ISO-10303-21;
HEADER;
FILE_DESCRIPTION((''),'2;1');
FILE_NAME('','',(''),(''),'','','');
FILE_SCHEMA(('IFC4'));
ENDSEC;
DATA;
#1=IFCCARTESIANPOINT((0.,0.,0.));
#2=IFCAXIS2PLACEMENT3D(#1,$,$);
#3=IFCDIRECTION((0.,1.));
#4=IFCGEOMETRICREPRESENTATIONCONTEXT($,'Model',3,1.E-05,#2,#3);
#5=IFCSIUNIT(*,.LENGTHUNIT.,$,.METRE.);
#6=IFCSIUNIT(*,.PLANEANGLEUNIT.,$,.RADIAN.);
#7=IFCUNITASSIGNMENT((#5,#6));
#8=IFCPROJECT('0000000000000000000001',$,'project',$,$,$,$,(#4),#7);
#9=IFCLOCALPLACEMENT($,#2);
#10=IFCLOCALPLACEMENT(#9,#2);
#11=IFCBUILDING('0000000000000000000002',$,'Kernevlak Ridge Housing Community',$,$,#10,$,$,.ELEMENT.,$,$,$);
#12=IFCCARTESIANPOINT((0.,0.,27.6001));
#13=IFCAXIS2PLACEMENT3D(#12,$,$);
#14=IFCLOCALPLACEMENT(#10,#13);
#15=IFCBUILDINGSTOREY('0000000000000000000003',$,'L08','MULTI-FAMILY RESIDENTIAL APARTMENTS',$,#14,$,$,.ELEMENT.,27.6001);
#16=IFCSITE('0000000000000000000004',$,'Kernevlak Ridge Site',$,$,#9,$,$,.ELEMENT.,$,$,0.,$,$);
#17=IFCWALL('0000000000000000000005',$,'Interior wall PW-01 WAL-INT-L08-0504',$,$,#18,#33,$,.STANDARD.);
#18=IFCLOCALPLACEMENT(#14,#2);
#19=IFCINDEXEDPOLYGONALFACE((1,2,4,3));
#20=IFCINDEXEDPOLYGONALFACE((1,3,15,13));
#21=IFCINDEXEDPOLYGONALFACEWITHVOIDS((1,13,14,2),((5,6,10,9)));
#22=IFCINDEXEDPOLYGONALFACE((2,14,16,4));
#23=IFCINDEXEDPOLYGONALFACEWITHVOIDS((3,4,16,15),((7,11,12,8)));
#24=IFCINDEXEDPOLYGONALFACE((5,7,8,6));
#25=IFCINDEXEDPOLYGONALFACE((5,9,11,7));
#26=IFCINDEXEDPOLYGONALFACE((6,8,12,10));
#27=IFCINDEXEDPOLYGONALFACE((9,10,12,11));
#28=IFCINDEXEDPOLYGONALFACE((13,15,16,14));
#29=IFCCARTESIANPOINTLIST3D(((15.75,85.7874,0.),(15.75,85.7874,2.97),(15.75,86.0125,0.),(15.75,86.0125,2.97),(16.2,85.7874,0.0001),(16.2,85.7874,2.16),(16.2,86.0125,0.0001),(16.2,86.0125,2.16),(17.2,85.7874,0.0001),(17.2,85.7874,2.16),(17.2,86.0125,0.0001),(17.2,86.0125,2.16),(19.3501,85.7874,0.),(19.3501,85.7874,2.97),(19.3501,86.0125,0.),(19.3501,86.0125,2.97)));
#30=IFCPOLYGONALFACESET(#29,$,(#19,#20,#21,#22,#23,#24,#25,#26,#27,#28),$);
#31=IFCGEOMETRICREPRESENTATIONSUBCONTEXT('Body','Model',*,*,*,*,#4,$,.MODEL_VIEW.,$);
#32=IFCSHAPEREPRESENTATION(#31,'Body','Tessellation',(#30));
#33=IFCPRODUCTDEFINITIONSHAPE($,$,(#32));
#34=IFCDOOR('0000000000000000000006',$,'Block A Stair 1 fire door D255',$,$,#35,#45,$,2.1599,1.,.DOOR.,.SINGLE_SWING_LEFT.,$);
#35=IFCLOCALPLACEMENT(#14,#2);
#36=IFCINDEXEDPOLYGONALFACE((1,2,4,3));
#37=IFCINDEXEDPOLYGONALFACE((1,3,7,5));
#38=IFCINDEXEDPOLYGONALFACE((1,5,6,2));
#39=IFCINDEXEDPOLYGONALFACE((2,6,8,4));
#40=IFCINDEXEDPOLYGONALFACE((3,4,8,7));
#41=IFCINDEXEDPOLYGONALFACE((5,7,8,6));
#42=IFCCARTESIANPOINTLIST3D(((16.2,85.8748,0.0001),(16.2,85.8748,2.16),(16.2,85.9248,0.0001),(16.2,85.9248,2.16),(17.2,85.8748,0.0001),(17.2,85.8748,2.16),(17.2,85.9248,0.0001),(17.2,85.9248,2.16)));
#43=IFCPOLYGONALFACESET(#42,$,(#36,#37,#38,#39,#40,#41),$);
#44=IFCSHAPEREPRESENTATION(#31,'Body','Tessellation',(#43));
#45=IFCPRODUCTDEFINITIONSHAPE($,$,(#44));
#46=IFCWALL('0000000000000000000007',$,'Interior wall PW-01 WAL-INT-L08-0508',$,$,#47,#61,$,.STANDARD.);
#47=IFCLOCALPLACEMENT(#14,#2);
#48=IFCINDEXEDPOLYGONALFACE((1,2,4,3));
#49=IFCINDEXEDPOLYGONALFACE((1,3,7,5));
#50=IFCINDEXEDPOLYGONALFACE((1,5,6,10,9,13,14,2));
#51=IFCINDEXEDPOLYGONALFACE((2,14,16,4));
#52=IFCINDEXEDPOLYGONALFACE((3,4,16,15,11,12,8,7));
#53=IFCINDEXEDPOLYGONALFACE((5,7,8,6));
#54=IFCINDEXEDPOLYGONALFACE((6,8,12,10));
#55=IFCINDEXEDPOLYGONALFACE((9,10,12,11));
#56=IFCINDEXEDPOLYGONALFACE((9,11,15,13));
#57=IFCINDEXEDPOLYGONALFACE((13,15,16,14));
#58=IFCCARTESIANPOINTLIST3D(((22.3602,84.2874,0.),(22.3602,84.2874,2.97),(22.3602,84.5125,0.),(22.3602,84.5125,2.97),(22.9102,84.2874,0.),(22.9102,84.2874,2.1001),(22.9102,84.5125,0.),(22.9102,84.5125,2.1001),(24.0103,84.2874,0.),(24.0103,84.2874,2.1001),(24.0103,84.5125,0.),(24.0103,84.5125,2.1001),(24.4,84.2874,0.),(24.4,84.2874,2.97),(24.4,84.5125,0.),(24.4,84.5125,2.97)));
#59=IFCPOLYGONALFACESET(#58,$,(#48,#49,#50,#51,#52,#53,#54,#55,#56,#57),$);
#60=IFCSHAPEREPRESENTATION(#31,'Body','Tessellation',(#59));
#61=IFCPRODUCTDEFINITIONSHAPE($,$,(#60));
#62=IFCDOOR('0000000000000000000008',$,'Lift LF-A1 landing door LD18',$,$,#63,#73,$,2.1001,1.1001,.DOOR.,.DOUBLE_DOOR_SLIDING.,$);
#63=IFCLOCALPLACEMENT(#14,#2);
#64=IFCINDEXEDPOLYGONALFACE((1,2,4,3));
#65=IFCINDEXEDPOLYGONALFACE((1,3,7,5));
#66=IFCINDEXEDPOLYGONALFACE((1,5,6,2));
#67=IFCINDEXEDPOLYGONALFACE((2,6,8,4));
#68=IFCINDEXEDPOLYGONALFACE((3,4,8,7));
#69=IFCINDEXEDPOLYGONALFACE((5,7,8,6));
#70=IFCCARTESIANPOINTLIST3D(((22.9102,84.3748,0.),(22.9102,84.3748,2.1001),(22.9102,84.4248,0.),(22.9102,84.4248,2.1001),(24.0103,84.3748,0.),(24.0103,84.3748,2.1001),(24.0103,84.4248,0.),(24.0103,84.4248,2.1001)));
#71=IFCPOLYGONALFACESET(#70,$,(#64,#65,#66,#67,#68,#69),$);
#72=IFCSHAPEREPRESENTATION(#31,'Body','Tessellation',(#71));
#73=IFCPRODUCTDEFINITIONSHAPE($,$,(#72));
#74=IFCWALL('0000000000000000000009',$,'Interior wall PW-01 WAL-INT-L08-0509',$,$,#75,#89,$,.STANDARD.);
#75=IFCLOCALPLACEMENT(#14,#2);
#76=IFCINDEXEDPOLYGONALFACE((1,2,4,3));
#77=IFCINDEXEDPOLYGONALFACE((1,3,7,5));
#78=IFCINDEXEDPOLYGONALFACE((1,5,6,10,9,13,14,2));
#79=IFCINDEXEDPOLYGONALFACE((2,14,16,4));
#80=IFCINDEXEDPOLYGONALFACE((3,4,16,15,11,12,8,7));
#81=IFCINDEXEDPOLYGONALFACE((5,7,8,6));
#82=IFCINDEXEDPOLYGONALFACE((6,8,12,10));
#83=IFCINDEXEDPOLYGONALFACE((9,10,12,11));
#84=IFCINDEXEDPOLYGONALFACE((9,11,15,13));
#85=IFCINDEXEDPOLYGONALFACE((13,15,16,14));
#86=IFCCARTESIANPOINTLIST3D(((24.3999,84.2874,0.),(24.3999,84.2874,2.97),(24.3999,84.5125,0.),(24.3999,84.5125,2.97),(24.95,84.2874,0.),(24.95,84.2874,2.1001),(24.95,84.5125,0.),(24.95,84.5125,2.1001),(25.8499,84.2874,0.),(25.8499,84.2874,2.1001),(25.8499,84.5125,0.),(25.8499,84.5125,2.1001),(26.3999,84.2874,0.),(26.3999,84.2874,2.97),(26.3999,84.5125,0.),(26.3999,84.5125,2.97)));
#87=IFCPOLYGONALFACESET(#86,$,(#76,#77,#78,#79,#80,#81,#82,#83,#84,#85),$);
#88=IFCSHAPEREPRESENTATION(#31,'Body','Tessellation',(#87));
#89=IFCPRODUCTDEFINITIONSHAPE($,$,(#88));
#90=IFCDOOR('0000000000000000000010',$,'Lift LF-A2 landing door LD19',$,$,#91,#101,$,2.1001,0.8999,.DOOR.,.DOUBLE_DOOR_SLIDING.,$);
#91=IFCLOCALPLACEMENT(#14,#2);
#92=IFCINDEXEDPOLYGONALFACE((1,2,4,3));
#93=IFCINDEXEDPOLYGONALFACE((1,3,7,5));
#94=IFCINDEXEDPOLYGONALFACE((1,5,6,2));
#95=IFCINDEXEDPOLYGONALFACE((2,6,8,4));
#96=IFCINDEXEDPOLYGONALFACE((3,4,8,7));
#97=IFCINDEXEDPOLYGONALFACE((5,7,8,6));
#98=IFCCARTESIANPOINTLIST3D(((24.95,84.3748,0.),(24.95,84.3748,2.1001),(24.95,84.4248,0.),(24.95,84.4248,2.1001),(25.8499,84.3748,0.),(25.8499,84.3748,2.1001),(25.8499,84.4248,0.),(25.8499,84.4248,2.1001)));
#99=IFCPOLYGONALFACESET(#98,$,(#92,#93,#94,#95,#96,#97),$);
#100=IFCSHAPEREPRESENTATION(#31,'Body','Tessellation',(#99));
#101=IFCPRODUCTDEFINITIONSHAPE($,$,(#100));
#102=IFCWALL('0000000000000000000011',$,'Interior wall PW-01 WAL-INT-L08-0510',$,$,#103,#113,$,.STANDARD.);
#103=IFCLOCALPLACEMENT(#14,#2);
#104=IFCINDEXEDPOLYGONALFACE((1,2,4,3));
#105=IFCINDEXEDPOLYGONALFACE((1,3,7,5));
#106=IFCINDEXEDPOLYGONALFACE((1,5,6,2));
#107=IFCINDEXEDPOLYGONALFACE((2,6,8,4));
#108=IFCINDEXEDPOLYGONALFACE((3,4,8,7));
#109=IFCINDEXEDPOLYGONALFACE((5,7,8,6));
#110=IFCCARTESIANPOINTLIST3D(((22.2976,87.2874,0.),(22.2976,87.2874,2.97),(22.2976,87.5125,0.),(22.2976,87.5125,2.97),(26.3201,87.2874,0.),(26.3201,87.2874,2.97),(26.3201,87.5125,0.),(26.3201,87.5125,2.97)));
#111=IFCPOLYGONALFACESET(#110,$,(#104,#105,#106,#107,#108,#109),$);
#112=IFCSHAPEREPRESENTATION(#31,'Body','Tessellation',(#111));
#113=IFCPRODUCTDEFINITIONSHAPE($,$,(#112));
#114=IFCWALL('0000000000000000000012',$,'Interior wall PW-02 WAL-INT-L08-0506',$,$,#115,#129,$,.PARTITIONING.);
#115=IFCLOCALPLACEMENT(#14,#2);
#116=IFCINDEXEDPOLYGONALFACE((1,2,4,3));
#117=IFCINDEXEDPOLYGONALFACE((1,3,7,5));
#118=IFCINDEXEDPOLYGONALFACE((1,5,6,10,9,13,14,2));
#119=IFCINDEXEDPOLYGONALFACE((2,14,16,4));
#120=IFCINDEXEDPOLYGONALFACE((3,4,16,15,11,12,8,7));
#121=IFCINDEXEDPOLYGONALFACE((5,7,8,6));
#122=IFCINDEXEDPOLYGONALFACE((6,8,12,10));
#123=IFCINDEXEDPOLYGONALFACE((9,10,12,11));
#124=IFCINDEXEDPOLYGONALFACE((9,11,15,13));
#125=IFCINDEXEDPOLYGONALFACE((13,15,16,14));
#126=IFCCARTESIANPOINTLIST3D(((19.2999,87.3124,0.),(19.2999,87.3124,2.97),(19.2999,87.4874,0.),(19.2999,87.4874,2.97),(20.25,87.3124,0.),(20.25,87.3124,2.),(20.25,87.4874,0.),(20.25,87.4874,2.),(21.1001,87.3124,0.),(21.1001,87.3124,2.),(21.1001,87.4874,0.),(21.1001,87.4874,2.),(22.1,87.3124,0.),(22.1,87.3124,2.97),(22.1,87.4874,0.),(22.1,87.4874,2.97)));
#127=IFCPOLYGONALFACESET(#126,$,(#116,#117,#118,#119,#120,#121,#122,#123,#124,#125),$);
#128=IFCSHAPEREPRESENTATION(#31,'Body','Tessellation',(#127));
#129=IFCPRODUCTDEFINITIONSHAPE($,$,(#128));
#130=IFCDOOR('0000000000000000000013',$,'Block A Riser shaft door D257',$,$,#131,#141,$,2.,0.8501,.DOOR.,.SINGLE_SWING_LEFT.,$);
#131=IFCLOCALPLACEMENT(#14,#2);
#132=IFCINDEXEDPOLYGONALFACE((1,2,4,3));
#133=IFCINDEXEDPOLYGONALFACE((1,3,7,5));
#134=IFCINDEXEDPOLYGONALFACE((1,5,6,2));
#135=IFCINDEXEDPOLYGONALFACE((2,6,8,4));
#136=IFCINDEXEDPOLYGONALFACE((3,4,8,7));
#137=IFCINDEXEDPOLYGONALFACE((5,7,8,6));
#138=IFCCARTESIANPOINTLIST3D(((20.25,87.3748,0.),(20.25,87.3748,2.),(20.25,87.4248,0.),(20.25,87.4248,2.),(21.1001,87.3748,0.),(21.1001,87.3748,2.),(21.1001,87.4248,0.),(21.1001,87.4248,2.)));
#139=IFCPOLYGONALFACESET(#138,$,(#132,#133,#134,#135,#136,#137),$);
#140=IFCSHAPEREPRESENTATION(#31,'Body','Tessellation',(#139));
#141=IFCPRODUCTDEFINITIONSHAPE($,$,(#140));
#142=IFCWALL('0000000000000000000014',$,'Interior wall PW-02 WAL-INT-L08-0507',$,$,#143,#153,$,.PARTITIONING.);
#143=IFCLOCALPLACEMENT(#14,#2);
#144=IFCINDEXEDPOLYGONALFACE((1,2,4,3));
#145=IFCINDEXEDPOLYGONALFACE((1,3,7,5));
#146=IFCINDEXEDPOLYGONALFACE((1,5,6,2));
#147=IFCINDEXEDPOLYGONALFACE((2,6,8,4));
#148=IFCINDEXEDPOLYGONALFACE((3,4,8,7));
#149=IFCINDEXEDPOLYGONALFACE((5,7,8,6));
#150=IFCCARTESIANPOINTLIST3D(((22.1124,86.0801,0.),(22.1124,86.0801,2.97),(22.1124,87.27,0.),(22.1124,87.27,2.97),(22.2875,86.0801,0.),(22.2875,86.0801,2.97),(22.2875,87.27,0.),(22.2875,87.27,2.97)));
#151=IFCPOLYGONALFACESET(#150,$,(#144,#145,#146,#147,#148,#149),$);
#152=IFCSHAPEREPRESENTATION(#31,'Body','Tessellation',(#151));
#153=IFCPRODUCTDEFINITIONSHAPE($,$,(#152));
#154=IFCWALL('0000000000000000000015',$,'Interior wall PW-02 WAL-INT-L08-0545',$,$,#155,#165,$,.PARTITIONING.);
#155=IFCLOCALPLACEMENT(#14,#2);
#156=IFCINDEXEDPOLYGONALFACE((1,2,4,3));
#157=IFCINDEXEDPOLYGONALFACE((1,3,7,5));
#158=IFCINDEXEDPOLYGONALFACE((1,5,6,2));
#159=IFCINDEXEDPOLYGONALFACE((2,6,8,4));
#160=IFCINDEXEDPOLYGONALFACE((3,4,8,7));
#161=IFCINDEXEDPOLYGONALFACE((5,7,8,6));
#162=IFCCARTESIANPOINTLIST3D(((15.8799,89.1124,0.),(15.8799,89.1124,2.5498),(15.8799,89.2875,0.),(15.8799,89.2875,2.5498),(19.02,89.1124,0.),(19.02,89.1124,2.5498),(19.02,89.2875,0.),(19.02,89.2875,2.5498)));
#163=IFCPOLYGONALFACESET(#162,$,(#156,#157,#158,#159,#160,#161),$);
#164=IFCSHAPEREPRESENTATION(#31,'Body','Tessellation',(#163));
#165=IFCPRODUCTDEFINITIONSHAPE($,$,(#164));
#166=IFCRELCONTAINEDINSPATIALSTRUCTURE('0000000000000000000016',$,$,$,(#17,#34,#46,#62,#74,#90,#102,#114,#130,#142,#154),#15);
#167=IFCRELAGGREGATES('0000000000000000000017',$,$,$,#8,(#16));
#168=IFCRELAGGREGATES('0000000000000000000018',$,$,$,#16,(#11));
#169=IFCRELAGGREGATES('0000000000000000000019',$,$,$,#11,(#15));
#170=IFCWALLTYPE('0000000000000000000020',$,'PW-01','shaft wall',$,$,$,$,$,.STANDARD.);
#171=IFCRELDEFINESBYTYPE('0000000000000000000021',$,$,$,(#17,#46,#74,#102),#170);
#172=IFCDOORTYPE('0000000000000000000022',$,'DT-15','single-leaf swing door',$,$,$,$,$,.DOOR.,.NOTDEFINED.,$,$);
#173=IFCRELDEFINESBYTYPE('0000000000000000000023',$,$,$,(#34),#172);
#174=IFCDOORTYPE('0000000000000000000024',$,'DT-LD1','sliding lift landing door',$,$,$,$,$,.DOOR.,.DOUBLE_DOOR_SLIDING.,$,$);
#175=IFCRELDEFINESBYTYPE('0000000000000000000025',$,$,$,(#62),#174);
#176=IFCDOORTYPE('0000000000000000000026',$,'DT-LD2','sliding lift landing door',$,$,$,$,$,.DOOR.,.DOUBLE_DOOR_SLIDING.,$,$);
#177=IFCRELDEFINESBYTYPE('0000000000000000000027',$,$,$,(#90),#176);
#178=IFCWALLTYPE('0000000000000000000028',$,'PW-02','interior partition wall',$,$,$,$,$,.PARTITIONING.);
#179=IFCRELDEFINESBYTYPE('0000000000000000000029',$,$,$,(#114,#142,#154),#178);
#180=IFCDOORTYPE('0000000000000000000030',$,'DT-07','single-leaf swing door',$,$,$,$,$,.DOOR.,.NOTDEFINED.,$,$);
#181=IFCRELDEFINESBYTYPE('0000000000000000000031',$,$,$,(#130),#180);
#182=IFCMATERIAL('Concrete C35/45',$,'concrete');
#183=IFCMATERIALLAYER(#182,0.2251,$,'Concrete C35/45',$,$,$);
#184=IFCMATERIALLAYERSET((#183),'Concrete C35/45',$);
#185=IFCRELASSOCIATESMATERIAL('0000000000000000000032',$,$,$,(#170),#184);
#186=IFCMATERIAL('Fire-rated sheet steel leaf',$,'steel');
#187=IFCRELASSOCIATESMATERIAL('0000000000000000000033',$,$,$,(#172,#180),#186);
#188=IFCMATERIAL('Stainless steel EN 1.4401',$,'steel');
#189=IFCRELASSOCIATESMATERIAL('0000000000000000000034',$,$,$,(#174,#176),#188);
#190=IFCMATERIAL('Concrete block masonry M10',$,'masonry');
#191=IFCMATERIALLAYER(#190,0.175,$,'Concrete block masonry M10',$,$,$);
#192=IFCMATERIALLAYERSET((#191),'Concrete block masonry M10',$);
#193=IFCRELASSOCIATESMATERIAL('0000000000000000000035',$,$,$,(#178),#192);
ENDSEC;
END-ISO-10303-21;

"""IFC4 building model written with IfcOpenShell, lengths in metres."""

from ifc_helpers import new_model, si_unit, direction, frame, frame_2d, origin, place, context, subcontext, project, spatial, rectangle, extrude, material, layer, layer_set, type_object, element, fill, save


model = new_model("IFC4")

# Units and contexts
model_context = context("Model", 3, precision=1e-05, world=origin(), true_north=direction((0.0, 1.0)))
body_context = subcontext(model_context, "Body", "Model", "MODEL_VIEW")
ifc_project = project(units=[si_unit("LENGTHUNIT", "METRE"), si_unit("PLANEANGLEUNIT", "RADIAN")], contexts=[model_context])

# Site, building, storey
site_placement = place(None, origin())
site = spatial("IfcSite", under=ifc_project, at=site_placement, Name="Kernevlak Ridge Site", CompositionType="ELEMENT", RefElevation=0.0)
building_placement = place(site_placement, origin())
building = spatial("IfcBuilding", under=site, at=building_placement, Name="Kernevlak Ridge Housing Community", CompositionType="ELEMENT")
storey_placement = place(building_placement, frame((0.0, 0.0, 27.6001)))
storey = spatial("IfcBuildingStorey", under=building, at=storey_placement, Name="L08", Description="MULTI-FAMILY RESIDENTIAL APARTMENTS", CompositionType="ELEMENT", Elevation=27.6001)

# Shared definitions
ifc_material_1 = material(Name="Concrete C35/45", Category="concrete")

# Walls, openings, doors
ifc_layer_1 = layer(ifc_material_1, 0.2251, Name="Concrete C35/45")
ifc_layer_set_1 = layer_set([ifc_layer_1], Name="Concrete C35/45")
wall_type_1 = type_object("IfcWallType", Name="PW-01", Description="shaft wall", PredefinedType="STANDARD", material=ifc_layer_set_1)
wall_1_placement = place(storey_placement, frame((15.75, 85.8999, 0.0), z_axis=(0.0, 0.0, 1.0), x_axis=(1.0, 0.0, 0.0)))
wall_1 = element("IfcWall", 1, at=wall_1_placement, inside=storey, type_object=wall_type_1, Name="Interior wall PW-01 WAL-INT-L08-0504", PredefinedType="STANDARD", context=body_context, shape_type="SweptSolid", body=[
    extrude(rectangle(XDim=3.6001, YDim=0.2251, at=frame_2d((1.8, 0.0))), origin(), (0.0, 0.0, 1.0), 2.97),
])
opening_1_placement = place(wall_1_placement, frame((0.45, 0.0, 0.0)))
opening_1 = element("IfcOpeningElement", 2, at=opening_1_placement, cuts=wall_1, PredefinedType="OPENING", context=body_context, shape_type="SweptSolid", body=[
    extrude(rectangle(XDim=1.0, YDim=2.1599, at=frame_2d((0.5, 1.0801))), frame((0.0, 0.1226, 0.0), z_axis=(0.0, -1.0, 0.0), x_axis=(1.0, 0.0, 0.0)), (0.0, 0.0, 1.0), 0.2451),
])
ifc_material_2 = material(Name="Fire-rated sheet steel leaf", Category="steel")
door_type_1 = type_object("IfcDoorType", Name="DT-15", Description="single-leaf swing door", OperationType="NOTDEFINED", PredefinedType="DOOR", material=ifc_material_2)
door_1_placement = place(opening_1_placement, origin())
door_1 = element("IfcDoor", 3, at=door_1_placement, inside=storey, type_object=door_type_1, Name="Block A Stair 1 fire door D255", OperationType="SINGLE_SWING_LEFT", OverallHeight=2.1599, OverallWidth=1.0, PredefinedType="DOOR", context=body_context, shape_type="SweptSolid", body=[
    extrude(rectangle(XDim=1.0, YDim=2.1599, at=frame_2d((0.5, 1.0801))), frame((0.0, 0.0249, 0.0), z_axis=(0.0, -1.0, 0.0), x_axis=(1.0, 0.0, 0.0)), (0.0, 0.0, 1.0), 0.05),
])
fill(opening_1, door_1)
wall_2_placement = place(storey_placement, frame((22.3601, 84.3999, 0.0), z_axis=(0.0, 0.0, 1.0), x_axis=(1.0, 0.0, 0.0)))
wall_2 = element("IfcWall", 4, at=wall_2_placement, inside=storey, type_object=wall_type_1, Name="Interior wall PW-01 WAL-INT-L08-0508", PredefinedType="STANDARD", context=body_context, shape_type="SweptSolid", body=[
    extrude(rectangle(XDim=2.0398, YDim=0.2251, at=frame_2d((1.02, 0.0))), origin(), (0.0, 0.0, 1.0), 2.97),
])
opening_2_placement = place(wall_2_placement, frame((0.55, 0.0, 0.0)))
opening_2 = element("IfcOpeningElement", 5, at=opening_2_placement, cuts=wall_2, PredefinedType="OPENING", context=body_context, shape_type="SweptSolid", body=[
    extrude(rectangle(XDim=1.1001, YDim=2.1001, at=frame_2d((0.55, 1.05))), frame((0.0, 0.1226, 0.0), z_axis=(0.0, -1.0, 0.0), x_axis=(1.0, 0.0, 0.0)), (0.0, 0.0, 1.0), 0.2451),
])
ifc_material_3 = material(Name="Stainless steel EN 1.4401", Category="steel")
door_type_2 = type_object("IfcDoorType", Name="DT-LD1", Description="sliding lift landing door", OperationType="DOUBLE_DOOR_SLIDING", PredefinedType="DOOR", material=ifc_material_3)
door_2_placement = place(opening_2_placement, origin())
door_2 = element("IfcDoor", 6, at=door_2_placement, inside=storey, type_object=door_type_2, Name="Lift LF-A1 landing door LD18", OperationType="DOUBLE_DOOR_SLIDING", OverallHeight=2.1001, OverallWidth=1.1001, PredefinedType="DOOR", context=body_context, shape_type="SweptSolid", body=[
    extrude(rectangle(XDim=1.1001, YDim=2.1001, at=frame_2d((0.55, 1.05))), frame((0.0, 0.0249, 0.0), z_axis=(0.0, -1.0, 0.0), x_axis=(1.0, 0.0, 0.0)), (0.0, 0.0, 1.0), 0.05),
])
fill(opening_2, door_2)
wall_3_placement = place(storey_placement, frame((24.3999, 84.3999, 0.0), z_axis=(0.0, 0.0, 1.0), x_axis=(1.0, 0.0, 0.0)))
wall_3 = element("IfcWall", 7, at=wall_3_placement, inside=storey, type_object=wall_type_1, Name="Interior wall PW-01 WAL-INT-L08-0509", PredefinedType="STANDARD", context=body_context, shape_type="SweptSolid", body=[
    extrude(rectangle(XDim=2.0, YDim=0.2251, at=frame_2d((1.0, 0.0))), origin(), (0.0, 0.0, 1.0), 2.97),
])
opening_3_placement = place(wall_3_placement, frame((0.55, 0.0, 0.0)))
opening_3 = element("IfcOpeningElement", 8, at=opening_3_placement, cuts=wall_3, PredefinedType="OPENING", context=body_context, shape_type="SweptSolid", body=[
    extrude(rectangle(XDim=0.8999, YDim=2.1001, at=frame_2d((0.45, 1.05))), frame((0.0, 0.1226, 0.0), z_axis=(0.0, -1.0, 0.0), x_axis=(1.0, 0.0, 0.0)), (0.0, 0.0, 1.0), 0.2451),
])
door_type_3 = type_object("IfcDoorType", Name="DT-LD2", Description="sliding lift landing door", OperationType="DOUBLE_DOOR_SLIDING", PredefinedType="DOOR", material=ifc_material_3)
door_3_placement = place(opening_3_placement, origin())
door_3 = element("IfcDoor", 9, at=door_3_placement, inside=storey, type_object=door_type_3, Name="Lift LF-A2 landing door LD19", OperationType="DOUBLE_DOOR_SLIDING", OverallHeight=2.1001, OverallWidth=0.8999, PredefinedType="DOOR", context=body_context, shape_type="SweptSolid", body=[
    extrude(rectangle(XDim=0.8999, YDim=2.1001, at=frame_2d((0.45, 1.05))), frame((0.0, 0.0249, 0.0), z_axis=(0.0, -1.0, 0.0), x_axis=(1.0, 0.0, 0.0)), (0.0, 0.0, 1.0), 0.05),
])
fill(opening_3, door_3)

# Wall
wall_4_placement = place(storey_placement, frame((22.2976, 87.3999, 0.0), z_axis=(0.0, 0.0, 1.0), x_axis=(1.0, 0.0, 0.0)))
element("IfcWall", 10, at=wall_4_placement, inside=storey, type_object=wall_type_1, Name="Interior wall PW-01 WAL-INT-L08-0510", PredefinedType="STANDARD", context=body_context, shape_type="SweptSolid", body=[
    extrude(rectangle(XDim=4.0225, YDim=0.2251, at=frame_2d((2.0112, 0.0))), origin(), (0.0, 0.0, 1.0), 2.97),
])

# Wall, opening, door
ifc_material_4 = material(Name="Concrete block masonry M10", Category="masonry")
ifc_layer_2 = layer(ifc_material_4, 0.175, Name="Concrete block masonry M10")
ifc_layer_set_2 = layer_set([ifc_layer_2], Name="Concrete block masonry M10")
wall_type_2 = type_object("IfcWallType", Name="PW-02", Description="interior partition wall", PredefinedType="PARTITIONING", material=ifc_layer_set_2)
wall_5_placement = place(storey_placement, frame((19.3, 87.3999, 0.0), z_axis=(0.0, 0.0, 1.0), x_axis=(1.0, 0.0, 0.0)))
wall_5 = element("IfcWall", 11, at=wall_5_placement, inside=storey, type_object=wall_type_2, Name="Interior wall PW-02 WAL-INT-L08-0506", PredefinedType="PARTITIONING", context=body_context, shape_type="SweptSolid", body=[
    extrude(rectangle(XDim=2.8, YDim=0.175, at=frame_2d((1.3999, 0.0))), origin(), (0.0, 0.0, 1.0), 2.97),
])
opening_4_placement = place(wall_5_placement, frame((0.95, 0.0, 0.0)))
opening_4 = element("IfcOpeningElement", 12, at=opening_4_placement, cuts=wall_5, PredefinedType="OPENING", context=body_context, shape_type="SweptSolid", body=[
    extrude(rectangle(XDim=0.8501, YDim=2.0, at=frame_2d((0.425, 1.0))), frame((0.0, 0.0974, 0.0), z_axis=(0.0, -1.0, 0.0), x_axis=(1.0, 0.0, 0.0)), (0.0, 0.0, 1.0), 0.1951),
])
door_type_4 = type_object("IfcDoorType", Name="DT-07", Description="single-leaf swing door", OperationType="NOTDEFINED", PredefinedType="DOOR", material=ifc_material_2)
door_4_placement = place(opening_4_placement, origin())
door_4 = element("IfcDoor", 13, at=door_4_placement, inside=storey, type_object=door_type_4, Name="Block A Riser shaft door D257", OperationType="SINGLE_SWING_LEFT", OverallHeight=2.0, OverallWidth=0.8501, PredefinedType="DOOR", context=body_context, shape_type="SweptSolid", body=[
    extrude(rectangle(XDim=0.8501, YDim=2.0, at=frame_2d((0.425, 1.0))), frame((0.0, 0.0249, 0.0), z_axis=(0.0, -1.0, 0.0), x_axis=(1.0, 0.0, 0.0)), (0.0, 0.0, 1.0), 0.05),
])
fill(opening_4, door_4)

# Walls
wall_6_placement = place(storey_placement, frame((22.2, 86.0801, 0.0), z_axis=(0.0, 0.0, 1.0), x_axis=(0.0, 1.0, 0.0)))
element("IfcWall", 14, at=wall_6_placement, inside=storey, type_object=wall_type_2, Name="Interior wall PW-02 WAL-INT-L08-0507", PredefinedType="PARTITIONING", context=body_context, shape_type="SweptSolid", body=[
    extrude(rectangle(XDim=1.1899, YDim=0.175, at=frame_2d((0.595, 0.0))), origin(), (0.0, 0.0, 1.0), 2.97),
])
wall_7_placement = place(storey_placement, frame((15.8799, 89.2, 0.0), z_axis=(0.0, 0.0, 1.0), x_axis=(1.0, 0.0, 0.0)))
element("IfcWall", 15, at=wall_7_placement, inside=storey, type_object=wall_type_2, Name="Interior wall PW-02 WAL-INT-L08-0545", PredefinedType="PARTITIONING", context=body_context, shape_type="SweptSolid", body=[
    extrude(rectangle(XDim=3.1401, YDim=0.175, at=frame_2d((1.5701, 0.0))), origin(), (0.0, 0.0, 1.0), 2.5498),
])

save(model, "model.ifc")
